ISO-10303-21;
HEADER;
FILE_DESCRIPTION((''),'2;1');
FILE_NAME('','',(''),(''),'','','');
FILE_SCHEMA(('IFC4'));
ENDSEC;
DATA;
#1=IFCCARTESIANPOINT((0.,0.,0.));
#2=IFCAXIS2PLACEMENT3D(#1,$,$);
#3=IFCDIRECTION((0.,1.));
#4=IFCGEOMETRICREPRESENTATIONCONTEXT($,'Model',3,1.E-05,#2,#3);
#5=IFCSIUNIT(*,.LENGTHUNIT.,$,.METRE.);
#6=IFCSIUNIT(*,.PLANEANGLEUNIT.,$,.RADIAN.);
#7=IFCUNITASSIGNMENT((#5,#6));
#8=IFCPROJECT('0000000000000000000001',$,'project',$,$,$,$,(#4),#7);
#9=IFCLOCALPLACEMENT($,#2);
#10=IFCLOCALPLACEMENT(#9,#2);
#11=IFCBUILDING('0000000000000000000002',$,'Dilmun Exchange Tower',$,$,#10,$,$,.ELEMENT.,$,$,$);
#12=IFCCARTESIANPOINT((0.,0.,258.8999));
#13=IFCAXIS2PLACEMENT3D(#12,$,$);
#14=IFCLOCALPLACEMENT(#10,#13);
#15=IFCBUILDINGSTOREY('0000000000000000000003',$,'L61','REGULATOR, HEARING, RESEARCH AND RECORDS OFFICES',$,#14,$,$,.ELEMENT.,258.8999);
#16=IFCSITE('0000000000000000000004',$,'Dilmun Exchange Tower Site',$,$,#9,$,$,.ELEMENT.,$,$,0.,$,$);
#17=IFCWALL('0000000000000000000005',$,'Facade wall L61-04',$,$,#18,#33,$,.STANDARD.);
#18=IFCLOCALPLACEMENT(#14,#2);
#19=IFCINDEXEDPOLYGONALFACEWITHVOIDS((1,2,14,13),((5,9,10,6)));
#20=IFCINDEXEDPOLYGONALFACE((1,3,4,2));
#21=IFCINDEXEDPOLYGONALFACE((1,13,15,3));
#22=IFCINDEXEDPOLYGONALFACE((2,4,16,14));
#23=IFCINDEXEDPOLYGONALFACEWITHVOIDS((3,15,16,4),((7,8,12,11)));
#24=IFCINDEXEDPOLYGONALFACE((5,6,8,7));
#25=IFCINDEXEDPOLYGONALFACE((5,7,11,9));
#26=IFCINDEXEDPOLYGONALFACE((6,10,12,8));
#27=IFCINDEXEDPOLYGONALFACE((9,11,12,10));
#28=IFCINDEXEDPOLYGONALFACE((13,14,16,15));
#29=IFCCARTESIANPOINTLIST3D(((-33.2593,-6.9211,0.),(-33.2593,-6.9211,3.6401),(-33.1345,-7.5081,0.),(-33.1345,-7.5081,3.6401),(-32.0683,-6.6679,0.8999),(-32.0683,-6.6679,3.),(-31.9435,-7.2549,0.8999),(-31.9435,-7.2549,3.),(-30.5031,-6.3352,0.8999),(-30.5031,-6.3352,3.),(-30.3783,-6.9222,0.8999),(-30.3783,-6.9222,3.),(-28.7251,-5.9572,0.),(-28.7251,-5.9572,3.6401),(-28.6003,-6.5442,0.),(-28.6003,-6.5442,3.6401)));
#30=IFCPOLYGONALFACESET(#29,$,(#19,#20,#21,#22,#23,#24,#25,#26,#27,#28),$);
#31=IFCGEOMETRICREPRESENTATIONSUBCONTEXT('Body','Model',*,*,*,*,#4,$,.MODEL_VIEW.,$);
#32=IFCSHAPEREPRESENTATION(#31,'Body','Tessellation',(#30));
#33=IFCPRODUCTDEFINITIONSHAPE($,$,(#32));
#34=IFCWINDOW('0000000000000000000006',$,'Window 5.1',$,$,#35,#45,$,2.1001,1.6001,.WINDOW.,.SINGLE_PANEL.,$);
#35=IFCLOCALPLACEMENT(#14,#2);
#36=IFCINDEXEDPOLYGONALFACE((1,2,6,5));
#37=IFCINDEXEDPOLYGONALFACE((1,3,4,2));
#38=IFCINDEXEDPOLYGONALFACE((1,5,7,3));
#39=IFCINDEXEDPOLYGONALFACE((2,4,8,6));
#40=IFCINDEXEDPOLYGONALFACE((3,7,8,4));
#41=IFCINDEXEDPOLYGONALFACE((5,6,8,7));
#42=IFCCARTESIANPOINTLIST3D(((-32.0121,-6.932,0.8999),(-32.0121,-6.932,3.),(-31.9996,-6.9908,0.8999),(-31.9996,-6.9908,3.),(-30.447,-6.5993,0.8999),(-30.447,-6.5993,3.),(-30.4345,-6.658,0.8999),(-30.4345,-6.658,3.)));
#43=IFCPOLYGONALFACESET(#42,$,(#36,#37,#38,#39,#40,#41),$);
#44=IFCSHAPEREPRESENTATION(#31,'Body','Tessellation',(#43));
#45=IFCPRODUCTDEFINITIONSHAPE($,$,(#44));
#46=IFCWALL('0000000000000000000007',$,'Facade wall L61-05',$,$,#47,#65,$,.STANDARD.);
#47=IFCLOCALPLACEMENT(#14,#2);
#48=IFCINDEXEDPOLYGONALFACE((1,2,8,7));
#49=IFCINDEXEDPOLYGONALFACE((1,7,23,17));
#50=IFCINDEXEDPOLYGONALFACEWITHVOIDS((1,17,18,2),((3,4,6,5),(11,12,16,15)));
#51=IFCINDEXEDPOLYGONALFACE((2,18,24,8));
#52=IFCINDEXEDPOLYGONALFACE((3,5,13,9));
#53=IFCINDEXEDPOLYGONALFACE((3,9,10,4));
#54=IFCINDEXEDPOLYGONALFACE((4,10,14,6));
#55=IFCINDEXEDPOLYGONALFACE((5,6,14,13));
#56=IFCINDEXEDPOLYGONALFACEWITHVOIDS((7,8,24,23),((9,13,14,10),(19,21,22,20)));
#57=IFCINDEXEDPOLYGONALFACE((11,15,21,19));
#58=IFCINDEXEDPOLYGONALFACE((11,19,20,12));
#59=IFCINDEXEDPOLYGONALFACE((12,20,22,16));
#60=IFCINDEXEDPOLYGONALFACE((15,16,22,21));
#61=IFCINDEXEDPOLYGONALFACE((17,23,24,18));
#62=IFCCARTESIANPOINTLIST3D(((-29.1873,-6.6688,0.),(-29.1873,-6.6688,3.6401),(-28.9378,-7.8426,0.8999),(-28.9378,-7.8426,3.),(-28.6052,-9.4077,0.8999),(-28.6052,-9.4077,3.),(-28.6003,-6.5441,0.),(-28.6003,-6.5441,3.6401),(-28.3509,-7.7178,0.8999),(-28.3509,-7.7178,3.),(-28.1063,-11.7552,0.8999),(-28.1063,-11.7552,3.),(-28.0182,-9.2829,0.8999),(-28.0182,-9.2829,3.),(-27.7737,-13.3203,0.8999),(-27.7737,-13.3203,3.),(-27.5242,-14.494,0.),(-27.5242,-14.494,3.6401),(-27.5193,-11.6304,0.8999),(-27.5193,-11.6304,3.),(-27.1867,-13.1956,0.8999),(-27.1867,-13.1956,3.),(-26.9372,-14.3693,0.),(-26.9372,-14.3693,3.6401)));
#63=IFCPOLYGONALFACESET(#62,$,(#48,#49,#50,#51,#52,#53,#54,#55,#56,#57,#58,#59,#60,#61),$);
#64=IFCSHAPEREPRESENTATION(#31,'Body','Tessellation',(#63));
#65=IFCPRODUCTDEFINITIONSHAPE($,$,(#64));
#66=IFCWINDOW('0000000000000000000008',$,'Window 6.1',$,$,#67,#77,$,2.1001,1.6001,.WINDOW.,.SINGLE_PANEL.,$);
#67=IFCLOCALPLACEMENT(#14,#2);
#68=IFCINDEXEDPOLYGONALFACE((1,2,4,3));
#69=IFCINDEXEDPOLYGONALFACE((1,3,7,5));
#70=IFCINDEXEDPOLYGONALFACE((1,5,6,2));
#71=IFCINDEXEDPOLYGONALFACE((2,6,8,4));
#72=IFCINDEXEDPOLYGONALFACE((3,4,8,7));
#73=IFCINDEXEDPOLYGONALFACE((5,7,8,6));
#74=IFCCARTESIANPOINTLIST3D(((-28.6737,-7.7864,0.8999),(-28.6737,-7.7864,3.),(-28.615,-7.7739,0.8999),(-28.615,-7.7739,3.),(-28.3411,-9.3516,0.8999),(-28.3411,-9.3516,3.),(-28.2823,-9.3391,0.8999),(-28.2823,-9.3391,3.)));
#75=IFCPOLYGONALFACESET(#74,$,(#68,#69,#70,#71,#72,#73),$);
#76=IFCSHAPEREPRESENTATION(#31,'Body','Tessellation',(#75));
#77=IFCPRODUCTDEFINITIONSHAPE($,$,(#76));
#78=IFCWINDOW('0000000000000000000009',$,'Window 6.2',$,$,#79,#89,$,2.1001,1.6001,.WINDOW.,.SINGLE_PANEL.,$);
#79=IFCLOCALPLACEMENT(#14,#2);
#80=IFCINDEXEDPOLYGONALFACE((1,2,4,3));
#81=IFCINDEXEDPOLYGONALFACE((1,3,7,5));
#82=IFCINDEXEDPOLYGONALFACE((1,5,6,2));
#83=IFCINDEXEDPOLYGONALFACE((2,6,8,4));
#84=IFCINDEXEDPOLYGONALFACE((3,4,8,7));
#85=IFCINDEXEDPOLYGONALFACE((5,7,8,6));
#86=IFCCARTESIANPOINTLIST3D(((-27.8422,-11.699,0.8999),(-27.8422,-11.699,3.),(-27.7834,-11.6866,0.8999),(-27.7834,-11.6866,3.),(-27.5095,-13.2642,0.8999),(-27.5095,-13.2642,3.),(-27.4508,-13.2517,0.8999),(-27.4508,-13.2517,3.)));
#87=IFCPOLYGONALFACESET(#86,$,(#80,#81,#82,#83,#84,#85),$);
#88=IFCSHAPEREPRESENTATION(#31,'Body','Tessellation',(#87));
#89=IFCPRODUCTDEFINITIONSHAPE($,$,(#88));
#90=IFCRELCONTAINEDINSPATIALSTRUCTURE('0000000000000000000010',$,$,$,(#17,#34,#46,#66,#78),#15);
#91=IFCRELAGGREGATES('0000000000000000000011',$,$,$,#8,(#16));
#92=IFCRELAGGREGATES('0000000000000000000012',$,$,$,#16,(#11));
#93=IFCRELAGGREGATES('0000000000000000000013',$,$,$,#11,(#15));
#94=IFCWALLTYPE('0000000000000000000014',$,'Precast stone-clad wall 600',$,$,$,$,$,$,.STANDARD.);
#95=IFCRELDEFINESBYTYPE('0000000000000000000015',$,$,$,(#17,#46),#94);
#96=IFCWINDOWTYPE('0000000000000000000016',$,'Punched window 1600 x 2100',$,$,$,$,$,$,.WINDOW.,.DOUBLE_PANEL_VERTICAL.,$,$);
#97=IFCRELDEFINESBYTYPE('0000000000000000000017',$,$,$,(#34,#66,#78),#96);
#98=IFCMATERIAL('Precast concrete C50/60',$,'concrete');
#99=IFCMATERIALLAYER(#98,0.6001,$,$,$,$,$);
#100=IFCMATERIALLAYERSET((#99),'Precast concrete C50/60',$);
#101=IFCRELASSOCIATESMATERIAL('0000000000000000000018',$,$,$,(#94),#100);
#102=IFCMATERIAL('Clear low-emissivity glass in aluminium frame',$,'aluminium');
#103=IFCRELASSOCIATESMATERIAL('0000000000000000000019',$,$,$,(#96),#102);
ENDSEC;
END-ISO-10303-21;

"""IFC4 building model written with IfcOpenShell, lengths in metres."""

from ifc_helpers import new_model, si_unit, direction, frame, frame_2d, origin, place, context, subcontext, project, spatial, rectangle, extrude, material, layer, layer_set, type_object, element, fill, save


model = new_model("IFC4")

# Units and contexts
model_context = context("Model", 3, precision=1e-05, world=origin(), true_north=direction((0.0, 1.0)))
body_context = subcontext(model_context, "Body", "Model", "MODEL_VIEW")
ifc_project = project(units=[si_unit("LENGTHUNIT", "METRE"), si_unit("PLANEANGLEUNIT", "RADIAN")], contexts=[model_context])

# Site, building, storey
site_placement = place(None, origin())
site = spatial("IfcSite", under=ifc_project, at=site_placement, Name="Dilmun Exchange Tower Site", CompositionType="ELEMENT", RefElevation=0.0)
building_placement = place(site_placement, origin())
building = spatial("IfcBuilding", under=site, at=building_placement, Name="Dilmun Exchange Tower", CompositionType="ELEMENT")
storey_placement = place(building_placement, frame((0.0, 0.0, 258.8999)))
storey = spatial("IfcBuildingStorey", under=building, at=storey_placement, Name="L61", Description="REGULATOR, HEARING, RESEARCH AND RECORDS OFFICES", CompositionType="ELEMENT", Elevation=258.8999)

# Wall, opening, window
ifc_material_1 = material(Name="Precast concrete C50/60", Category="concrete")
ifc_layer_1 = layer(ifc_material_1, 0.6001)
ifc_layer_set_1 = layer_set([ifc_layer_1], Name="Precast concrete C50/60")
wall_type_1 = type_object("IfcWallType", Name="Precast stone-clad wall 600", PredefinedType="STANDARD", material=ifc_layer_set_1)
wall_1_placement = place(storey_placement, frame((-33.197, -7.2146, 0.0), z_axis=(0.0, 0.0, 1.0), x_axis=(0.978143, 0.207932, 0.0)))
wall_1 = element("IfcWall", 1, at=wall_1_placement, inside=storey, type_object=wall_type_1, Name="Facade wall L61-04", PredefinedType="STANDARD", context=body_context, shape_type="SweptSolid", body=[
    extrude(rectangle(XDim=4.6355, YDim=0.6001, at=frame_2d((2.3179, 0.0))), origin(), (0.0, 0.0, 1.0), 3.6401),
])
opening_1_placement = place(wall_1_placement, frame((1.2178, 0.0, 0.8999)))
opening_1 = element("IfcOpeningElement", 2, at=opening_1_placement, cuts=wall_1, PredefinedType="OPENING", context=body_context, shape_type="SweptSolid", body=[
    extrude(rectangle(XDim=1.6001, YDim=2.1001, at=frame_2d((0.8, 1.05))), frame((0.0, 0.3101, 0.0), z_axis=(0.0, -1.0, 0.0), x_axis=(1.0, 0.0, 0.0)), (0.0, 0.0, 1.0), 0.6201),
])
ifc_material_2 = material(Name="Clear low-emissivity glass in aluminium frame", Category="aluminium")
window_type = type_object("IfcWindowType", Name="Punched window 1600 x 2100", PartitioningType="DOUBLE_PANEL_VERTICAL", PredefinedType="WINDOW", material=ifc_material_2)
window_1_placement = place(opening_1_placement, origin())
window_1 = element("IfcWindow", 3, at=window_1_placement, inside=storey, type_object=window_type, Name="Window 5.1", OverallHeight=2.1001, OverallWidth=1.6001, PartitioningType="SINGLE_PANEL", PredefinedType="WINDOW", context=body_context, shape_type="SweptSolid", body=[
    extrude(rectangle(XDim=1.6001, YDim=2.1001, at=frame_2d((0.8, 1.05))), frame((0.0, 0.03, 0.0), z_axis=(0.0, -1.0, 0.0), x_axis=(1.0, 0.0, 0.0)), (0.0, 0.0, 1.0), 0.0601),
])
fill(opening_1, window_1)

# Wall, openings, windows
wall_2_placement = place(storey_placement, frame((-28.8938, -6.6064, 0.0), z_axis=(0.0, 0.0, 1.0), x_axis=(0.207886, -0.978153, 0.0)))
wall_2 = element("IfcWall", 4, at=wall_2_placement, inside=storey, type_object=wall_type_1, Name="Facade wall L61-05", PredefinedType="STANDARD", context=body_context, shape_type="SweptSolid", body=[
    extrude(rectangle(XDim=8.0, YDim=0.6001, at=frame_2d((4.0, 0.0))), origin(), (0.0, 0.0, 1.0), 3.6401),
])
opening_2_placement = place(wall_2_placement, frame((1.2, 0.0, 0.8999)))
opening_2 = element("IfcOpeningElement", 5, at=opening_2_placement, cuts=wall_2, PredefinedType="OPENING", context=body_context, shape_type="SweptSolid", body=[
    extrude(rectangle(XDim=1.6001, YDim=2.1001, at=frame_2d((0.8, 1.05))), frame((0.0, 0.3101, 0.0), z_axis=(0.0, -1.0, 0.0), x_axis=(1.0, 0.0, 0.0)), (0.0, 0.0, 1.0), 0.6201),
])
opening_3_placement = place(wall_2_placement, frame((5.2, 0.0, 0.8999)))
opening_3 = element("IfcOpeningElement", 6, at=opening_3_placement, cuts=wall_2, PredefinedType="OPENING", context=body_context, shape_type="SweptSolid", body=[
    extrude(rectangle(XDim=1.6001, YDim=2.1001, at=frame_2d((0.8, 1.05))), frame((0.0, 0.3101, 0.0), z_axis=(0.0, -1.0, 0.0), x_axis=(1.0, 0.0, 0.0)), (0.0, 0.0, 1.0), 0.6201),
])
window_2_placement = place(opening_2_placement, origin())
window_2 = element("IfcWindow", 7, at=window_2_placement, inside=storey, type_object=window_type, Name="Window 6.1", OverallHeight=2.1001, OverallWidth=1.6001, PartitioningType="SINGLE_PANEL", PredefinedType="WINDOW", context=body_context, shape_type="SweptSolid", body=[
    extrude(rectangle(XDim=1.6001, YDim=2.1001, at=frame_2d((0.8, 1.05))), frame((0.0, 0.03, 0.0), z_axis=(0.0, -1.0, 0.0), x_axis=(1.0, 0.0, 0.0)), (0.0, 0.0, 1.0), 0.0601),
])
fill(opening_2, window_2)
window_3_placement = place(opening_3_placement, origin())
window_3 = element("IfcWindow", 8, at=window_3_placement, inside=storey, type_object=window_type, Name="Window 6.2", OverallHeight=2.1001, OverallWidth=1.6001, PartitioningType="SINGLE_PANEL", PredefinedType="WINDOW", context=body_context, shape_type="SweptSolid", body=[
    extrude(rectangle(XDim=1.6001, YDim=2.1001, at=frame_2d((0.8, 1.05))), frame((0.0, 0.03, 0.0), z_axis=(0.0, -1.0, 0.0), x_axis=(1.0, 0.0, 0.0)), (0.0, 0.0, 1.0), 0.0601),
])
fill(opening_3, window_3)

save(model, "model.ifc")
